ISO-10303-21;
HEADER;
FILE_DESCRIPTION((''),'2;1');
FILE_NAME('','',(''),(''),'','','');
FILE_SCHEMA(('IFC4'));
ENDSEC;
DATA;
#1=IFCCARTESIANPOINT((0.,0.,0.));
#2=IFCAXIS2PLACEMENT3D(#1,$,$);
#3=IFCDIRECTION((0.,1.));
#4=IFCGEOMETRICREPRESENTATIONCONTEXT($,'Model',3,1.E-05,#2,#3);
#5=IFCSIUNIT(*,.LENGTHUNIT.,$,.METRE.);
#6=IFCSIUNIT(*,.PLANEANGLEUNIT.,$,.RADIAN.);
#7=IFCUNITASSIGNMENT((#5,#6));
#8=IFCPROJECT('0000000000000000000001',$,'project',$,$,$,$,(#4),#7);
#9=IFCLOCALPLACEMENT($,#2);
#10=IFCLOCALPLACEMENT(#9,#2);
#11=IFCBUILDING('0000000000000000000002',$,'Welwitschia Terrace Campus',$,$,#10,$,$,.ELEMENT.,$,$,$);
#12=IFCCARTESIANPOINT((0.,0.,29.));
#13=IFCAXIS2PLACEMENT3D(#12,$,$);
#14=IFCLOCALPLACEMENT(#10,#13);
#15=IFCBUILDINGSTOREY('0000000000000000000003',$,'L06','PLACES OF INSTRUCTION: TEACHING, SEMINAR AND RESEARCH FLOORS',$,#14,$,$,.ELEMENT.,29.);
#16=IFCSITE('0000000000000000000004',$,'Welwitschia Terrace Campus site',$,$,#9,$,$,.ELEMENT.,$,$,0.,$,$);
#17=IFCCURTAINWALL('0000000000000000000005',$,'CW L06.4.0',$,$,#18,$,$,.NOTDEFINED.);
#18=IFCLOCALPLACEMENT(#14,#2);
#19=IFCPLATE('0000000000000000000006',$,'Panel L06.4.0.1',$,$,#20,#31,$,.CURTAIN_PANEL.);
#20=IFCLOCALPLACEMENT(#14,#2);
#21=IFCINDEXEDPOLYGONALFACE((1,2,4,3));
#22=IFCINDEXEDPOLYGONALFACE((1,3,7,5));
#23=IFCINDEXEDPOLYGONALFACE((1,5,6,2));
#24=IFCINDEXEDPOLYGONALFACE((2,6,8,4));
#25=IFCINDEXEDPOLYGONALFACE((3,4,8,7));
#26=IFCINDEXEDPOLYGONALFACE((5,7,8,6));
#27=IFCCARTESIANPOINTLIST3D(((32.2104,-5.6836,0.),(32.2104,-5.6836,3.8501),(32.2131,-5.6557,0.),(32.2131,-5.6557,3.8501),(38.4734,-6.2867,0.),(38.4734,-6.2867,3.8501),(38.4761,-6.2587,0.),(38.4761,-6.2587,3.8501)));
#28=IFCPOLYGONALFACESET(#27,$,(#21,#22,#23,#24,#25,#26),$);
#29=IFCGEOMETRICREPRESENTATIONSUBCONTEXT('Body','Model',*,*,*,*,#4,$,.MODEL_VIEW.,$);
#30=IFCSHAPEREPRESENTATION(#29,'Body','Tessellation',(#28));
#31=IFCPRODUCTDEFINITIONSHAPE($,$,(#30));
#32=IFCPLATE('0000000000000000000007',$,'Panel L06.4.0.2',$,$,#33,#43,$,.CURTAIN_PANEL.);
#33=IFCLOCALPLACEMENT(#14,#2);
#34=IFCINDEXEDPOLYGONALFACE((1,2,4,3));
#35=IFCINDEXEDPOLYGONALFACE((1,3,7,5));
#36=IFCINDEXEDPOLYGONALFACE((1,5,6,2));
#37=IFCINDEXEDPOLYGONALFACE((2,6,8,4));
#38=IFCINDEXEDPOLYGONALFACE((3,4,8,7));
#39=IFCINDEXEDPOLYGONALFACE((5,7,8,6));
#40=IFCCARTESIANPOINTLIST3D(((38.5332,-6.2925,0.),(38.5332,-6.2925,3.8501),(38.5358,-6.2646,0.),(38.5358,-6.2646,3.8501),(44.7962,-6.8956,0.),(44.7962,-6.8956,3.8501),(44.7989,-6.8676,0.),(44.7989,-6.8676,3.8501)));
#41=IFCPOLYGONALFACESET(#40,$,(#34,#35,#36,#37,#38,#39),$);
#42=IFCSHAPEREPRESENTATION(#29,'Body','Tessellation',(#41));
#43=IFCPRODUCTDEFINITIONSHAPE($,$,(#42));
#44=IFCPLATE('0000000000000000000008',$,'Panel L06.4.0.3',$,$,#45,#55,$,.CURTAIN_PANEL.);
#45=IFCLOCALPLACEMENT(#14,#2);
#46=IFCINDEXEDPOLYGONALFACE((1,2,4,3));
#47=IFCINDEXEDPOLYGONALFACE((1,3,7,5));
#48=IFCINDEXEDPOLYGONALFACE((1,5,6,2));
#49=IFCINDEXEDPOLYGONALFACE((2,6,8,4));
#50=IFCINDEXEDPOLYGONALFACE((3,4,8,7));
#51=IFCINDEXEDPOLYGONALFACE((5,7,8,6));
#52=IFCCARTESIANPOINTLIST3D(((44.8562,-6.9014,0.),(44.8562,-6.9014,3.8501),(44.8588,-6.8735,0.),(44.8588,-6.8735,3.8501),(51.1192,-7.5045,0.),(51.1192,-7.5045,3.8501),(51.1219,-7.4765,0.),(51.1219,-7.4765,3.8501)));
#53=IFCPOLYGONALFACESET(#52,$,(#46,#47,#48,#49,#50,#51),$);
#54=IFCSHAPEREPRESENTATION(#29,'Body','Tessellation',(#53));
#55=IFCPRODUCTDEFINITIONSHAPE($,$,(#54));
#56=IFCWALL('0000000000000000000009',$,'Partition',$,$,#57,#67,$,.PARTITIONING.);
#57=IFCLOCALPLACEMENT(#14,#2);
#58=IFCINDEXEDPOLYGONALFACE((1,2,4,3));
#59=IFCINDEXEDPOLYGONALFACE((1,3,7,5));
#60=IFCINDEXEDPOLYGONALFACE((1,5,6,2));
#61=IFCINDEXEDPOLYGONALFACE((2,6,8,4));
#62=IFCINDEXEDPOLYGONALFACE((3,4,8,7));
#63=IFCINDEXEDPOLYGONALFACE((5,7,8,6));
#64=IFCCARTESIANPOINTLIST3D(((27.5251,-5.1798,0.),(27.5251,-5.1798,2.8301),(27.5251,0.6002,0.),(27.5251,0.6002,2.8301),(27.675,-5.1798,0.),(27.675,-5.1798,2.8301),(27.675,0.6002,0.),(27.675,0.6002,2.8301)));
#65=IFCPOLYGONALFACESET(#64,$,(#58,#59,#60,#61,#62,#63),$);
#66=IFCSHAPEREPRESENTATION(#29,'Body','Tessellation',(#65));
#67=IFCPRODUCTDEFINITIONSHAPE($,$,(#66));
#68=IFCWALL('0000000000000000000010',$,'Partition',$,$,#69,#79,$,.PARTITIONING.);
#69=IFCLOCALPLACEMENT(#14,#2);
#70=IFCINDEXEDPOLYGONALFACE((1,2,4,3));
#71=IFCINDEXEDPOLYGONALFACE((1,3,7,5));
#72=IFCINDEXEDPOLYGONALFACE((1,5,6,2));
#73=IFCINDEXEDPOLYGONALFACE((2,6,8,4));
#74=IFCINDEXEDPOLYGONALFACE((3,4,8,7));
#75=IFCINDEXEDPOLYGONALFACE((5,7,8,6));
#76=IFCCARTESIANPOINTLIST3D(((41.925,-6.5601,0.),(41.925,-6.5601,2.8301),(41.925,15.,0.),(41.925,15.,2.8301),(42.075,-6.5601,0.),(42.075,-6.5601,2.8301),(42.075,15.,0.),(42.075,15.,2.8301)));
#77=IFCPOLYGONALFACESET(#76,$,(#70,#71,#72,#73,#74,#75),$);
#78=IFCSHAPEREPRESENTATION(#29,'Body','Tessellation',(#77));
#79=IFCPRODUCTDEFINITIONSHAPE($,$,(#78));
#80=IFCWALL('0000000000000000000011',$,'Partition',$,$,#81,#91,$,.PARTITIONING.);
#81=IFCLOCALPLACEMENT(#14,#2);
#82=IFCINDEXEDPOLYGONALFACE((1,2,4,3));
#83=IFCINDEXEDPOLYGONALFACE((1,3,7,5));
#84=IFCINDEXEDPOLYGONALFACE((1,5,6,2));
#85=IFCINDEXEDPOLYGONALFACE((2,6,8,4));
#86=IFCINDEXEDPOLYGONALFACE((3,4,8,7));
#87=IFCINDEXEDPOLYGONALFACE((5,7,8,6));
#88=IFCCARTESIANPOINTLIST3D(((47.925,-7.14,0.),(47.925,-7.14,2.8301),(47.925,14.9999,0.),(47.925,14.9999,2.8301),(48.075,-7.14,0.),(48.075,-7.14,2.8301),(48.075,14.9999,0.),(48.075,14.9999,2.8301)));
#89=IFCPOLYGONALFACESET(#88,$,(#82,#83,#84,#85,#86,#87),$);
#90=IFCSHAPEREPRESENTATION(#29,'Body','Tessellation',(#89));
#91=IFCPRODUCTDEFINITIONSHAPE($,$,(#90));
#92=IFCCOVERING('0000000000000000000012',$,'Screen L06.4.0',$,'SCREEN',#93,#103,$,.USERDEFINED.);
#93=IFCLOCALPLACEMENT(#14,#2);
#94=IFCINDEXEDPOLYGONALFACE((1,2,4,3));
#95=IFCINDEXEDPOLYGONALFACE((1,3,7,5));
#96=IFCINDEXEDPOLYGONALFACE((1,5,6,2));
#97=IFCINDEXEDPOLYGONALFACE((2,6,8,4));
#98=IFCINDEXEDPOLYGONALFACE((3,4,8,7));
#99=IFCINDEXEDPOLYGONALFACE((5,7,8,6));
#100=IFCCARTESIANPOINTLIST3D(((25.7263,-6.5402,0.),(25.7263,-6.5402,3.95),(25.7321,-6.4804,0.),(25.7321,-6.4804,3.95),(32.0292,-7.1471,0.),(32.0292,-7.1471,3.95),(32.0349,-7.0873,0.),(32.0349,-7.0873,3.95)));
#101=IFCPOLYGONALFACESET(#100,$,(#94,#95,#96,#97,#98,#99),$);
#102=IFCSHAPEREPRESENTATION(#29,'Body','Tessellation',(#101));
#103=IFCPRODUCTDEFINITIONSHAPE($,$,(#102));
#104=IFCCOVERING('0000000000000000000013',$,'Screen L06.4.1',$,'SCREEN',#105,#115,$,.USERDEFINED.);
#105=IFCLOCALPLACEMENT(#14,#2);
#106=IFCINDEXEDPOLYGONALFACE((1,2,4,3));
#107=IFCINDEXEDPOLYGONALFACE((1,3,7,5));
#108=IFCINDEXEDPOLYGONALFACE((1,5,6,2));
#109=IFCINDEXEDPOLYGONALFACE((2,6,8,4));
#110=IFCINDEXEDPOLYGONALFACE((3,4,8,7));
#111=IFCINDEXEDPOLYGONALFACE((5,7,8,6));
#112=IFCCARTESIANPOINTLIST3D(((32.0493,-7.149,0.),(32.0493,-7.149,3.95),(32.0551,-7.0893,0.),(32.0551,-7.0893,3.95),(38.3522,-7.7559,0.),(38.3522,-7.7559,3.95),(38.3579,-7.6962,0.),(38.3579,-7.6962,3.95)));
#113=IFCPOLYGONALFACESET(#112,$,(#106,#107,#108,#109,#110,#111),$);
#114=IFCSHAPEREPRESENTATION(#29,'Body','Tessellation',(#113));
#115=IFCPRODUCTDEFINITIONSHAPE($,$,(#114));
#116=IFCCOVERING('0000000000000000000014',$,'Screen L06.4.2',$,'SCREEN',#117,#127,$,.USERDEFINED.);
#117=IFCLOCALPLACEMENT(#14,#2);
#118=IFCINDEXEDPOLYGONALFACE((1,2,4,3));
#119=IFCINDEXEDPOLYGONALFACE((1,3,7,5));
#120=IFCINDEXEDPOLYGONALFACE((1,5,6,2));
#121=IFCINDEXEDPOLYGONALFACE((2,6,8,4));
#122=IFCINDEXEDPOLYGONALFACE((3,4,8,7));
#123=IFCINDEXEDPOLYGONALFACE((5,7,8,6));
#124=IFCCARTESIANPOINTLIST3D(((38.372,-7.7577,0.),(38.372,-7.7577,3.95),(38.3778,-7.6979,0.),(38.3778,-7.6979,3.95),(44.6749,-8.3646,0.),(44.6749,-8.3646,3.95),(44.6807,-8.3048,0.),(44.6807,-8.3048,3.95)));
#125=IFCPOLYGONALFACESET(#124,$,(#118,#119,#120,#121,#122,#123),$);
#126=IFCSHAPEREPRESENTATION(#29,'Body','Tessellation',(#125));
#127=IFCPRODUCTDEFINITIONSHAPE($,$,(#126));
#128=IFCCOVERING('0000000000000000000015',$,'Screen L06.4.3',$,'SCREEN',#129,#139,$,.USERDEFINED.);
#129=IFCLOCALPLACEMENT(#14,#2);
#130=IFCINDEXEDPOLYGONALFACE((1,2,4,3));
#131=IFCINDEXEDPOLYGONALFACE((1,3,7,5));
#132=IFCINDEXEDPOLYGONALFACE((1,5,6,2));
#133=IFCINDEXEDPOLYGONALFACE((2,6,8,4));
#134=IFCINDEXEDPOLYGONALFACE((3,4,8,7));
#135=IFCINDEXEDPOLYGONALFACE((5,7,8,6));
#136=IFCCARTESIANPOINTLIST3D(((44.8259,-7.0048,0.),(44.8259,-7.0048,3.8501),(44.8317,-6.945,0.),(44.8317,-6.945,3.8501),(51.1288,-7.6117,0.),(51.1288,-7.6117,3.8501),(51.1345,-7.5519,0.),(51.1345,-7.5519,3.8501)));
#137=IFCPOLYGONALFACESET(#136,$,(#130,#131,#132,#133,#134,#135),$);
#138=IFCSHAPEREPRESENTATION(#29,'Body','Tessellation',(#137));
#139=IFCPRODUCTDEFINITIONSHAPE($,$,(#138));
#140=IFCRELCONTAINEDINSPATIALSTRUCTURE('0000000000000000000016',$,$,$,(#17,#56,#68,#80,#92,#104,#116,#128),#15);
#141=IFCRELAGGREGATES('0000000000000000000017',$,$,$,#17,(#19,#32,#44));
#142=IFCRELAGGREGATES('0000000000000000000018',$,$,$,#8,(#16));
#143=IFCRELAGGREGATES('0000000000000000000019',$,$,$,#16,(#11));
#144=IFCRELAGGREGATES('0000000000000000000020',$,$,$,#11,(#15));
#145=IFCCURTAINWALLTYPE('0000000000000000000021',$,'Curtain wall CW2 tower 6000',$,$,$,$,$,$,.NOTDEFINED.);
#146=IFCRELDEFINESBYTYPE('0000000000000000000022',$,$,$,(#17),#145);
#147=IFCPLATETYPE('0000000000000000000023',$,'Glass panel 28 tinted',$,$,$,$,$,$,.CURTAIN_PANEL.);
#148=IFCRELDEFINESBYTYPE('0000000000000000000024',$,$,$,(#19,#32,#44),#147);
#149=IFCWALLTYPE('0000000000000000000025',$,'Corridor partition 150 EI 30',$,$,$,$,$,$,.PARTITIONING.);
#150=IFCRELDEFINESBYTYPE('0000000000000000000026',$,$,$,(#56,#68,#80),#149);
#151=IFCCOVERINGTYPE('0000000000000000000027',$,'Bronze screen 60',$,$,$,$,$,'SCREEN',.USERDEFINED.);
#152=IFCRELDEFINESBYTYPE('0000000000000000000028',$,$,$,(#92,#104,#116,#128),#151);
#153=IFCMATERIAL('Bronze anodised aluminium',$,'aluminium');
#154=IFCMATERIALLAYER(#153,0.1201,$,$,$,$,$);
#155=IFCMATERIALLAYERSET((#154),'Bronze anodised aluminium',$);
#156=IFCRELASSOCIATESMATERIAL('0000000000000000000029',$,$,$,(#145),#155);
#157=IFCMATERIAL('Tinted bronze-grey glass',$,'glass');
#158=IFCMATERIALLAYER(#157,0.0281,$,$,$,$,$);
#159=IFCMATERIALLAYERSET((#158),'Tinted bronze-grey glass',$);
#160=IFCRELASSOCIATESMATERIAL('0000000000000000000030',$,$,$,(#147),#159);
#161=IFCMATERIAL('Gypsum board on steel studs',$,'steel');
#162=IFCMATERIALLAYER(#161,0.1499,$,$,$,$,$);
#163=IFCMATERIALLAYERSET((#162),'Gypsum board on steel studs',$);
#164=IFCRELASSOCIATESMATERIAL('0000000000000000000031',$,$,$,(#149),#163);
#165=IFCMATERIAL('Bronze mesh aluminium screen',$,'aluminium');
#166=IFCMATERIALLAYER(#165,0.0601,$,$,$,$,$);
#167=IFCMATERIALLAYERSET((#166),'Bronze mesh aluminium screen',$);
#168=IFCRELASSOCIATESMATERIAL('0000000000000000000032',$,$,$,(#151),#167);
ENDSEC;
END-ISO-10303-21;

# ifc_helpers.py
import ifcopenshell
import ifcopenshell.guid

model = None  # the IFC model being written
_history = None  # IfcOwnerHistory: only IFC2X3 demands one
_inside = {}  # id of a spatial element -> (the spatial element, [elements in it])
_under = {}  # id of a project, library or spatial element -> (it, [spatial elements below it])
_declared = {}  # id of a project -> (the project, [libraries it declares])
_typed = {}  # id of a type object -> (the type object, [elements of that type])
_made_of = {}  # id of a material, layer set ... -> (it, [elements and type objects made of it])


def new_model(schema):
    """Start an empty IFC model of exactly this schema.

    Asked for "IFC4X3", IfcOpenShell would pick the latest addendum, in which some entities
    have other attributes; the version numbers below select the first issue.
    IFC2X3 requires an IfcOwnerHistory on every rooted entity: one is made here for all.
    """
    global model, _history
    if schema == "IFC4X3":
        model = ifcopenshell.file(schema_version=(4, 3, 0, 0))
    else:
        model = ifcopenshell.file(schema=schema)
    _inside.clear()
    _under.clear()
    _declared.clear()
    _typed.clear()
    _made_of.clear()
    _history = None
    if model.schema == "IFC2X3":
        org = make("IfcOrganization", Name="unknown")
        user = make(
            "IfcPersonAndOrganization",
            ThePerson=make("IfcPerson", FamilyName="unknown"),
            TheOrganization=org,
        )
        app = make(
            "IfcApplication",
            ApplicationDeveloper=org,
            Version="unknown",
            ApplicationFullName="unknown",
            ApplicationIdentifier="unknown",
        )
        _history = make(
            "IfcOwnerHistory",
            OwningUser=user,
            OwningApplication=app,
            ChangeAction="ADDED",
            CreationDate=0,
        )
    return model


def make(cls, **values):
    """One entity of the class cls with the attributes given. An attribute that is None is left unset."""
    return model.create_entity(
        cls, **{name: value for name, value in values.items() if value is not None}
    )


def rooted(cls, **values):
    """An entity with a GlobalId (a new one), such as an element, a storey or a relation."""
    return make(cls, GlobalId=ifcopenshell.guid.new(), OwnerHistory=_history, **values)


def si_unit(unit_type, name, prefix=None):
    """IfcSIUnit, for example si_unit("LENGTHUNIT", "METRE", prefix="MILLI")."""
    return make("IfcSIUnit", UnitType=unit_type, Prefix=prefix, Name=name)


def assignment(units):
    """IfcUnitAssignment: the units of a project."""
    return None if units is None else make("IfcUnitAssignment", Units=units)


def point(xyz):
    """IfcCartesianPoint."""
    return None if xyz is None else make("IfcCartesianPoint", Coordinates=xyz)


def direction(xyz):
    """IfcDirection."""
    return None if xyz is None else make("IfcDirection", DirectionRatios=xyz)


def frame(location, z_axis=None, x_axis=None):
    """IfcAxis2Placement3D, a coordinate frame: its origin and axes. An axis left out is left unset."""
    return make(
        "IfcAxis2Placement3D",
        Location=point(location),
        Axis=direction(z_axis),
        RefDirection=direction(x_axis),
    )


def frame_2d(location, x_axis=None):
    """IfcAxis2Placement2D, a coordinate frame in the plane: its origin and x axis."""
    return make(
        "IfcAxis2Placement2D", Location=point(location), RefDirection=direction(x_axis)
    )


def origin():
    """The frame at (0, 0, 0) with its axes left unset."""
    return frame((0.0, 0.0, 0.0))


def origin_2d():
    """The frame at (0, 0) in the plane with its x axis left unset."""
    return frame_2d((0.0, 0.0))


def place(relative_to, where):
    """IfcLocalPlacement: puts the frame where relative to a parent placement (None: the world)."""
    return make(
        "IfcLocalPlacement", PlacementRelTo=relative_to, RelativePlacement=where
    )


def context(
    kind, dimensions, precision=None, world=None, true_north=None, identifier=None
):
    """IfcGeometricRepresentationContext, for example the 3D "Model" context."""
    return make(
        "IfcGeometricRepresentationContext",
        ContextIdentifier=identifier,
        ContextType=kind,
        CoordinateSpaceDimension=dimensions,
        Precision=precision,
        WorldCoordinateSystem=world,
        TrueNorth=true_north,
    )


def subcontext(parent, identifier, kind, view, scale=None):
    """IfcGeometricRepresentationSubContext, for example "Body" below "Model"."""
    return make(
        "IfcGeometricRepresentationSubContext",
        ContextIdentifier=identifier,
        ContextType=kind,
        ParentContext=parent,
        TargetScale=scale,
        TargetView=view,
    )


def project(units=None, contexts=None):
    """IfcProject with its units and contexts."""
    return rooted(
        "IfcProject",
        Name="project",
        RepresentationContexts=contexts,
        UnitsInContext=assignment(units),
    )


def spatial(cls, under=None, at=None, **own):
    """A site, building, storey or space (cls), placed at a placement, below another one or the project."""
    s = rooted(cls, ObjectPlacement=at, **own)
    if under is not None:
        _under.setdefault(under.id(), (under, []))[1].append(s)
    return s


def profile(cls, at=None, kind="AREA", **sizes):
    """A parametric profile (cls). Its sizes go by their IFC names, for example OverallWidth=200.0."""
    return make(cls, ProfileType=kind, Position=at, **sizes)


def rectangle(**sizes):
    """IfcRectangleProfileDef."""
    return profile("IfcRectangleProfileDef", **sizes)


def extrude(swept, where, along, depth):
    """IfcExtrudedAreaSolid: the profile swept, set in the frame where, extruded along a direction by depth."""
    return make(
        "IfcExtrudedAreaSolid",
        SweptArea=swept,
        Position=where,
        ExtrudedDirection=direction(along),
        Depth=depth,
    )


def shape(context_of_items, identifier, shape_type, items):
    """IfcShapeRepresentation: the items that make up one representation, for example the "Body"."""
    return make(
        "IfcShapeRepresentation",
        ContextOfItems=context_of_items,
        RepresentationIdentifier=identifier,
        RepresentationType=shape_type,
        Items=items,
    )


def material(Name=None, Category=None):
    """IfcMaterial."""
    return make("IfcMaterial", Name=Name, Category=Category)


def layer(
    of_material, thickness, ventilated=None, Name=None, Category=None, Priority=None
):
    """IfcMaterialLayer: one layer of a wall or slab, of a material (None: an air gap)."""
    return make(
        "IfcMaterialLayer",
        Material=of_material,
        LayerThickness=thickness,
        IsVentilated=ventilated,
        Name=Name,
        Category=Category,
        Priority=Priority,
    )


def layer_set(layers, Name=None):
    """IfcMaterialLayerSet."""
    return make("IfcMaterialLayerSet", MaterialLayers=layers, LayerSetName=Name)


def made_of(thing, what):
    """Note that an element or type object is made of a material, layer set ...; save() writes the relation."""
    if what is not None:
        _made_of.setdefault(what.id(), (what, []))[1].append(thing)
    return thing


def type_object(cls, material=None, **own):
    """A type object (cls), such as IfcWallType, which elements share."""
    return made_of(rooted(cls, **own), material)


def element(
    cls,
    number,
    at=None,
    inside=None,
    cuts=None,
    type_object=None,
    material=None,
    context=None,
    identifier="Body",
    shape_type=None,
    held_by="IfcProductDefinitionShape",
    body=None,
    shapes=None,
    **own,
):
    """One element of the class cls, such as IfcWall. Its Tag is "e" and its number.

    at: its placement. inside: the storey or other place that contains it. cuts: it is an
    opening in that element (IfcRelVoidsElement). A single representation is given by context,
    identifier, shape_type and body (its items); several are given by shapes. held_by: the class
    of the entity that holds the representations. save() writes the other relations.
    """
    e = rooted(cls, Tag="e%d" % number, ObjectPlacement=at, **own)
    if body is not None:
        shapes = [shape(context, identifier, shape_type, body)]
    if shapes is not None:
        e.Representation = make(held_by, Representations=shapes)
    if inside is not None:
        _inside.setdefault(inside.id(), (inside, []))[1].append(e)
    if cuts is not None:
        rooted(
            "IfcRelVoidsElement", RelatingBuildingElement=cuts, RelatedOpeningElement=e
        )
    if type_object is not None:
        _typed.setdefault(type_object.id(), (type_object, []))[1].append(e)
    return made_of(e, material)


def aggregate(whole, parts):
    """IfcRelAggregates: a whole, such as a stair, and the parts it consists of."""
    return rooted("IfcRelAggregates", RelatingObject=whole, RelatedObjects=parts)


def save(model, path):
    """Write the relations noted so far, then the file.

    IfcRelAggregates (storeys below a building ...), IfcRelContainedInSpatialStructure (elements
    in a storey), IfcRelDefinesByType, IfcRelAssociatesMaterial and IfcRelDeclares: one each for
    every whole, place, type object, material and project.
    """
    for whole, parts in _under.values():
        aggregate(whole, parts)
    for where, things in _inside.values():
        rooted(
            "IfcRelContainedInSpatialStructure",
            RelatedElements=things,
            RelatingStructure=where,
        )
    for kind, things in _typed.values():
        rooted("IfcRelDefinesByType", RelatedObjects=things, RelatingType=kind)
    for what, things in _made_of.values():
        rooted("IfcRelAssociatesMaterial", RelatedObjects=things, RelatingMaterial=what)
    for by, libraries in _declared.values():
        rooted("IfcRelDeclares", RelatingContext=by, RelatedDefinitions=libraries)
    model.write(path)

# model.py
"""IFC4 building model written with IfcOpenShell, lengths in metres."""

from ifc_helpers import new_model, si_unit, direction, frame, frame_2d, origin, origin_2d, place, context, subcontext, project, spatial, rectangle, extrude, material, layer, layer_set, type_object, element, aggregate, save


model = new_model("IFC4")

# Units and contexts
model_context = context("Model", 3, precision=1e-05, world=origin(), true_north=direction((0.0, 1.0)))
body_context = subcontext(model_context, "Body", "Model", "MODEL_VIEW")
ifc_project = project(units=[si_unit("LENGTHUNIT", "METRE"), si_unit("PLANEANGLEUNIT", "RADIAN")], contexts=[model_context])

# Site, building, storey
site_placement = place(None, origin())
site = spatial("IfcSite", under=ifc_project, at=site_placement, Name="Welwitschia Terrace Campus site", CompositionType="ELEMENT", RefElevation=0.0)
building_placement = place(site_placement, origin())
building = spatial("IfcBuilding", under=site, at=building_placement, Name="Welwitschia Terrace Campus", CompositionType="ELEMENT")
storey_placement = place(building_placement, frame((0.0, 0.0, 29.0)))
storey = spatial("IfcBuildingStorey", under=building, at=storey_placement, Name="L06", Description="PLACES OF INSTRUCTION: TEACHING, SEMINAR AND RESEARCH FLOORS", CompositionType="ELEMENT", Elevation=29.0)

# Shared definitions
ifc_material_1 = material(Name="Bronze anodised aluminium", Category="aluminium")
ifc_layer_1 = layer(ifc_material_1, 0.1201)
ifc_layer_set_1 = layer_set([ifc_layer_1], Name="Bronze anodised aluminium")
curtain_wall_type = type_object("IfcCurtainWallType", Name="Curtain wall CW2 tower 6000", PredefinedType="NOTDEFINED", material=ifc_layer_set_1)

# Curtain wall
curtain_wall_1_placement = place(storey_placement, origin())
curtain_wall_1 = element("IfcCurtainWall", 1, at=curtain_wall_1_placement, inside=storey, type_object=curtain_wall_type, Name="CW L06.4.0", PredefinedType="NOTDEFINED")

# Plates
ifc_material_2 = material(Name="Tinted bronze-grey glass", Category="glass")
ifc_layer_2 = layer(ifc_material_2, 0.0281)
ifc_layer_set_2 = layer_set([ifc_layer_2], Name="Tinted bronze-grey glass")
plate_type = type_object("IfcPlateType", Name="Glass panel 28 tinted", PredefinedType="CURTAIN_PANEL", material=ifc_layer_set_2)
plate_1_placement = place(storey_placement, frame((35.3433, -5.9712, 0.0), z_axis=(0.0, 0.0, 1.0), x_axis=(0.995396, -0.095846, 0.0)))
plate_1 = element("IfcPlate", 2, at=plate_1_placement, type_object=plate_type, Name="Panel L06.4.0.1", PredefinedType="CURTAIN_PANEL", context=body_context, shape_type="SweptSolid", body=[
    extrude(rectangle(XDim=6.292, YDim=0.0281, at=origin_2d()), origin(), (0.0, 0.0, 1.0), 3.8501),
])
plate_2_placement = place(storey_placement, frame((41.666, -6.5801, 0.0), z_axis=(0.0, 0.0, 1.0), x_axis=(0.995396, -0.095846, 0.0)))
plate_2 = element("IfcPlate", 3, at=plate_2_placement, type_object=plate_type, Name="Panel L06.4.0.2", PredefinedType="CURTAIN_PANEL", context=body_context, shape_type="SweptSolid", body=[
    extrude(rectangle(XDim=6.292, YDim=0.0281, at=origin_2d()), origin(), (0.0, 0.0, 1.0), 3.8501),
])
plate_3_placement = place(storey_placement, frame((47.989, -7.189, 0.0), z_axis=(0.0, 0.0, 1.0), x_axis=(0.995396, -0.095846, 0.0)))
plate_3 = element("IfcPlate", 4, at=plate_3_placement, type_object=plate_type, Name="Panel L06.4.0.3", PredefinedType="CURTAIN_PANEL", context=body_context, shape_type="SweptSolid", body=[
    extrude(rectangle(XDim=6.292, YDim=0.0281, at=origin_2d()), origin(), (0.0, 0.0, 1.0), 3.8501),
])
aggregate(curtain_wall_1, [plate_1, plate_2, plate_3])

# Walls
ifc_material_3 = material(Name="Gypsum board on steel studs", Category="steel")
ifc_layer_3 = layer(ifc_material_3, 0.1499)
ifc_layer_set_3 = layer_set([ifc_layer_3], Name="Gypsum board on steel studs")
wall_type = type_object("IfcWallType", Name="Corridor partition 150 EI 30", PredefinedType="PARTITIONING", material=ifc_layer_set_3)
wall_1_placement = place(storey_placement, frame((27.6001, -5.1799, 0.0), z_axis=(0.0, 0.0, 1.0), x_axis=(0.0, 1.0, 0.0)))
element("IfcWall", 5, at=wall_1_placement, inside=storey, type_object=wall_type, Name="Partition", PredefinedType="PARTITIONING", context=body_context, shape_type="SweptSolid", body=[
    extrude(rectangle(XDim=5.78, YDim=0.1499, at=frame_2d((2.8901, 0.0))), origin(), (0.0, 0.0, 1.0), 2.8301),
])
wall_2_placement = place(storey_placement, frame((42.0, -6.5601, 0.0), z_axis=(0.0, 0.0, 1.0), x_axis=(0.0, 1.0, 0.0)))
element("IfcWall", 6, at=wall_2_placement, inside=storey, type_object=wall_type, Name="Partition", PredefinedType="PARTITIONING", context=body_context, shape_type="SweptSolid", body=[
    extrude(rectangle(XDim=21.5601, YDim=0.1499, at=frame_2d((10.78, 0.0))), origin(), (0.0, 0.0, 1.0), 2.8301),
])
wall_3_placement = place(storey_placement, frame((48.0, -7.1399, 0.0), z_axis=(0.0, 0.0, 1.0), x_axis=(0.0, 1.0, 0.0)))
element("IfcWall", 7, at=wall_3_placement, inside=storey, type_object=wall_type, Name="Partition", PredefinedType="PARTITIONING", context=body_context, shape_type="SweptSolid", body=[
    extrude(rectangle(XDim=22.1399, YDim=0.1499, at=frame_2d((11.0698, 0.0))), origin(), (0.0, 0.0, 1.0), 2.8301),
])

# Coverings
ifc_material_4 = material(Name="Bronze mesh aluminium screen", Category="aluminium")
ifc_layer_4 = layer(ifc_material_4, 0.0601)
ifc_layer_set_4 = layer_set([ifc_layer_4], Name="Bronze mesh aluminium screen")
covering_type = type_object("IfcCoveringType", Name="Bronze screen 60", ElementType="SCREEN", PredefinedType="USERDEFINED", material=ifc_layer_set_4)
for number, where, z_axis, x_axis, name in (
    (8, (28.8806, -6.8137, 0.0), (0.0, 0.0, 1.0), (0.995396, -0.095846, 0.0), "Screen L06.4.0"),
    (9, (35.2036, -7.4226, 0.0), (0.0, 0.0, 1.0), (0.995396, -0.095846, 0.0), "Screen L06.4.1"),
    (10, (41.5264, -8.0312, 0.0), (0.0, 0.0, 1.0), (0.995396, -0.095846, 0.0), "Screen L06.4.2"),
):
    element("IfcCovering", number, at=place(storey_placement, frame(where, z_axis=z_axis, x_axis=x_axis)), inside=storey, type_object=covering_type, Name=name, ObjectType="SCREEN", PredefinedType="USERDEFINED", context=body_context, shape_type="SweptSolid", body=[
        extrude(rectangle(XDim=6.332, YDim=0.0601, at=origin_2d()), origin(), (0.0, 0.0, 1.0), 3.95),
    ])
covering_placement = place(storey_placement, frame((47.9802, -7.2783, 0.0), z_axis=(0.0, 0.0, 1.0), x_axis=(0.995396, -0.095846, 0.0)))
element("IfcCovering", 11, at=covering_placement, inside=storey, type_object=covering_type, Name="Screen L06.4.3", ObjectType="SCREEN", PredefinedType="USERDEFINED", context=body_context, shape_type="SweptSolid", body=[
    extrude(rectangle(XDim=6.332, YDim=0.0601, at=origin_2d()), origin(), (0.0, 0.0, 1.0), 3.8501),
])

save(model, "model.ifc")
